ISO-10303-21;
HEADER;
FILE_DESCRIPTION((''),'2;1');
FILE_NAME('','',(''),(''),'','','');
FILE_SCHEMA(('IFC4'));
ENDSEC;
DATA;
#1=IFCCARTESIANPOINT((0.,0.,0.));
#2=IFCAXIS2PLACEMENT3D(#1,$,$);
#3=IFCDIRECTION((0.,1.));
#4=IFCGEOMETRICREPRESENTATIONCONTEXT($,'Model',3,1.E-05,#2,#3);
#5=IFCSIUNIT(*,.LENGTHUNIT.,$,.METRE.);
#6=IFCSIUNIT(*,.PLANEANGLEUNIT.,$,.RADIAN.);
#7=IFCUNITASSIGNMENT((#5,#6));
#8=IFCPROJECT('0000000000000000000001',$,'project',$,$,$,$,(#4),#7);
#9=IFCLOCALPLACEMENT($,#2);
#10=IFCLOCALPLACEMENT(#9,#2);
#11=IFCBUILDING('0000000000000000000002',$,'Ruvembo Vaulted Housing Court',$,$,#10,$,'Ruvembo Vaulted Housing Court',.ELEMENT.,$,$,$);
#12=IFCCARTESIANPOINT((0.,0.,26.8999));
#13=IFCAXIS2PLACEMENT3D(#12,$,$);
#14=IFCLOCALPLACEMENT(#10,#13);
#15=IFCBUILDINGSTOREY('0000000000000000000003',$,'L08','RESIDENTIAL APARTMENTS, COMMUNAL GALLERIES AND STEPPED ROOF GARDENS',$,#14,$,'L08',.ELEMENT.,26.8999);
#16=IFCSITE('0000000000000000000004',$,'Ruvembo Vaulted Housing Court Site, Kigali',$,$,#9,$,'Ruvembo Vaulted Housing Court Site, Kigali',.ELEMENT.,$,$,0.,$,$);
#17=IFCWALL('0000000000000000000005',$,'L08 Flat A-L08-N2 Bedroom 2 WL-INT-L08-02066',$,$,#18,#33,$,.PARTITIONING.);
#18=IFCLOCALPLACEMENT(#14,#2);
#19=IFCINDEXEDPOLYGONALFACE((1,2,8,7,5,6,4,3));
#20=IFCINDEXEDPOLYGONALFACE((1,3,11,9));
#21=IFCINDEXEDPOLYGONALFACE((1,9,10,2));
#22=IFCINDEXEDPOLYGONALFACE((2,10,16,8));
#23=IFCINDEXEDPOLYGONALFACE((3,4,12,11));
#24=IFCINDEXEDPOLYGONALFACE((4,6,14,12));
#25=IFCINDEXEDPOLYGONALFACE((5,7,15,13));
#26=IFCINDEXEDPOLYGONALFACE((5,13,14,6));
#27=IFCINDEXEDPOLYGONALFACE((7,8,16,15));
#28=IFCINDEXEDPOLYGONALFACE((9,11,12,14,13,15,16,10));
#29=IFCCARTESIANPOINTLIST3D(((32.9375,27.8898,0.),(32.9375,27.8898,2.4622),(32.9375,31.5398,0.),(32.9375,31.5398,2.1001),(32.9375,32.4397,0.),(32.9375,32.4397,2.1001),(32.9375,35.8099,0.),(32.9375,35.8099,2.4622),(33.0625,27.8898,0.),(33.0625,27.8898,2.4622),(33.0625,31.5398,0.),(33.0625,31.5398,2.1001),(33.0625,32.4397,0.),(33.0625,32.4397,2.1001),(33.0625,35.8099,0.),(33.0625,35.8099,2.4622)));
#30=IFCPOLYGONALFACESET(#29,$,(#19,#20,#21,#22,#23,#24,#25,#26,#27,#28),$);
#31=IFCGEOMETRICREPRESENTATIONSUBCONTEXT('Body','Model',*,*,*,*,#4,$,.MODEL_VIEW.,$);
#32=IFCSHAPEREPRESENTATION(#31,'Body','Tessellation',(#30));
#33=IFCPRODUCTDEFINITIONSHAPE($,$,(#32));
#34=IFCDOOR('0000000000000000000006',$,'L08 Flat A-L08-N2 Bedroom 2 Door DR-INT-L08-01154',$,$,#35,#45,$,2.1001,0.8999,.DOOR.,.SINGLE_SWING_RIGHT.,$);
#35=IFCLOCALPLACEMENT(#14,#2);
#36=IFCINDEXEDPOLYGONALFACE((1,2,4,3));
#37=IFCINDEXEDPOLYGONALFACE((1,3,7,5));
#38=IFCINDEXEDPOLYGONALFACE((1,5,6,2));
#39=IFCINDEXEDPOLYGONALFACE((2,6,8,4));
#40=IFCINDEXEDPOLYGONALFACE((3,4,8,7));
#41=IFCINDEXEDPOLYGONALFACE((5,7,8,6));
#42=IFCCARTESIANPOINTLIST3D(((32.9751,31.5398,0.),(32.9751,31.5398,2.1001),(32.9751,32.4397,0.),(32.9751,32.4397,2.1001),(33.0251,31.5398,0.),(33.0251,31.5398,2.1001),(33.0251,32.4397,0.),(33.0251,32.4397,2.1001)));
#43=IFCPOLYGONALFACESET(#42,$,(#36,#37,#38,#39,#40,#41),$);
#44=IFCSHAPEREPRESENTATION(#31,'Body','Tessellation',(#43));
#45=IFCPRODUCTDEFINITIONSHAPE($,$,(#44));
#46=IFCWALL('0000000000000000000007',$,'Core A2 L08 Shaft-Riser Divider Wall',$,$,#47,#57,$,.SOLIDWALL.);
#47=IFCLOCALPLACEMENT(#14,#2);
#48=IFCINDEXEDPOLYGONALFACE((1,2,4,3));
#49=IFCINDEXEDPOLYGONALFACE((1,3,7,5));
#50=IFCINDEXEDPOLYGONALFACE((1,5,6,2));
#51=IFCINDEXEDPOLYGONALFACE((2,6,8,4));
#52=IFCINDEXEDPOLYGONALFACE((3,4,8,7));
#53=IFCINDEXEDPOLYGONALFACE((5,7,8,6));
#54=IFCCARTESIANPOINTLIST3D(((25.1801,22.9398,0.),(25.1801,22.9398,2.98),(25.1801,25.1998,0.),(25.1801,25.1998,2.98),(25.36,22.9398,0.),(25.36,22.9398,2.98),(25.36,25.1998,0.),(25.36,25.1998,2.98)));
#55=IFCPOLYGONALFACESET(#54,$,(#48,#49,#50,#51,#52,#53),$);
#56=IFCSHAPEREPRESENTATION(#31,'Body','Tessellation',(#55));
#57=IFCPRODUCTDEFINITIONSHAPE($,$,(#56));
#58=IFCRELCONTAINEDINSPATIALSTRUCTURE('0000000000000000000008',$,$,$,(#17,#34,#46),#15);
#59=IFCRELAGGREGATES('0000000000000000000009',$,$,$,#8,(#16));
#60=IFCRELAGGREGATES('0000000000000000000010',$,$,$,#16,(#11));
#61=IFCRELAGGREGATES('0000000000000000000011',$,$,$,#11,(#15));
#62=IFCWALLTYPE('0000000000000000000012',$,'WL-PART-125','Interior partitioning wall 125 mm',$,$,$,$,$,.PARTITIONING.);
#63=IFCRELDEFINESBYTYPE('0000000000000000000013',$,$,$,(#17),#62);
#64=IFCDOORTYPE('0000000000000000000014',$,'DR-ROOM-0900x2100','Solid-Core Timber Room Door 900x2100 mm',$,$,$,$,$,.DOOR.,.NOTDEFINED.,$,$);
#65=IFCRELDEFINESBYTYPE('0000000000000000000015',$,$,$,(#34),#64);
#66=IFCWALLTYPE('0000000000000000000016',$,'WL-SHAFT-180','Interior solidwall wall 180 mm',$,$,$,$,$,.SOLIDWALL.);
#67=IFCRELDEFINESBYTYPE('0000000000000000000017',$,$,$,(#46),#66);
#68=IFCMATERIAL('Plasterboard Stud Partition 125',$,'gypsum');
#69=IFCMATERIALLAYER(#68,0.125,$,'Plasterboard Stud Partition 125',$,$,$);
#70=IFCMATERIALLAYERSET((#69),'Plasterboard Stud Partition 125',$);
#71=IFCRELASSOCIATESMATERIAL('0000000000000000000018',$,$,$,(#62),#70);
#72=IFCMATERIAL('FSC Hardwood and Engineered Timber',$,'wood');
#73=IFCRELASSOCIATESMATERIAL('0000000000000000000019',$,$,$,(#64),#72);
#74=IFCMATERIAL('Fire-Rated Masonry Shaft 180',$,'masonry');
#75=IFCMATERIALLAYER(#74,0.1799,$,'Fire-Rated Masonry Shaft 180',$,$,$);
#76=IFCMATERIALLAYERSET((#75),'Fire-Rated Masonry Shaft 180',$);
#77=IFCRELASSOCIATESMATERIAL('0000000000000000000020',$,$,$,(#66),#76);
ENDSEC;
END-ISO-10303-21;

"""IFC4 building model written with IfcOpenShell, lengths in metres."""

from ifc_helpers import new_model, si_unit, direction, frame, frame_2d, origin, place, context, subcontext, project, spatial, rectangle, extrude, material, layer, layer_set, type_object, element, fill, save


model = new_model("IFC4")

# Units and contexts
model_context = context("Model", 3, precision=1e-05, world=origin(), true_north=direction((0.0, 1.0)))
body_context = subcontext(model_context, "Body", "Model", "MODEL_VIEW")
ifc_project = project(units=[si_unit("LENGTHUNIT", "METRE"), si_unit("PLANEANGLEUNIT", "RADIAN")], contexts=[model_context])

# Site, building, storey
site_placement = place(None, origin())
site = spatial("IfcSite", under=ifc_project, at=site_placement, Name="Ruvembo Vaulted Housing Court Site, Kigali", LongName="Ruvembo Vaulted Housing Court Site, Kigali", CompositionType="ELEMENT", RefElevation=0.0)
building_placement = place(site_placement, origin())
building = spatial("IfcBuilding", under=site, at=building_placement, Name="Ruvembo Vaulted Housing Court", LongName="Ruvembo Vaulted Housing Court", CompositionType="ELEMENT")
storey_placement = place(building_placement, frame((0.0, 0.0, 26.8999)))
storey = spatial("IfcBuildingStorey", under=building, at=storey_placement, Name="L08", Description="RESIDENTIAL APARTMENTS, COMMUNAL GALLERIES AND STEPPED ROOF GARDENS", LongName="L08", CompositionType="ELEMENT", Elevation=26.8999)

# Wall, opening, door
ifc_material_1 = material(Name="Plasterboard Stud Partition 125", Category="gypsum")
ifc_layer_1 = layer(ifc_material_1, 0.125, Name="Plasterboard Stud Partition 125")
ifc_layer_set_1 = layer_set([ifc_layer_1], Name="Plasterboard Stud Partition 125")
wall_type_1 = type_object("IfcWallType", Name="WL-PART-125", Description="Interior partitioning wall 125 mm", PredefinedType="PARTITIONING", material=ifc_layer_set_1)
wall_1_placement = place(storey_placement, frame((33.0, 27.8899, 0.0), z_axis=(0.0, 0.0, 1.0), x_axis=(0.0, 1.0, 0.0)))
wall_1 = element("IfcWall", 1, at=wall_1_placement, inside=storey, type_object=wall_type_1, Name="L08 Flat A-L08-N2 Bedroom 2 WL-INT-L08-02066", PredefinedType="PARTITIONING", context=body_context, shape_type="SweptSolid", body=[
    extrude(rectangle(XDim=7.9202, YDim=0.125, at=frame_2d((3.96, 0.0))), origin(), (0.0, 0.0, 1.0), 2.4622),
])
opening_1_placement = place(wall_1_placement, frame((3.6499, 0.0, 0.0)))
opening_1 = element("IfcOpeningElement", 2, at=opening_1_placement, cuts=wall_1, PredefinedType="OPENING", context=body_context, shape_type="SweptSolid", body=[
    extrude(rectangle(XDim=0.8999, YDim=2.1001, at=frame_2d((0.45, 1.05))), frame((0.0, 0.0725, 0.0), z_axis=(0.0, -1.0, 0.0), x_axis=(1.0, 0.0, 0.0)), (0.0, 0.0, 1.0), 0.145),
])
ifc_material_2 = material(Name="FSC Hardwood and Engineered Timber", Category="wood")
door_type = type_object("IfcDoorType", Name="DR-ROOM-0900x2100", Description="Solid-Core Timber Room Door 900x2100 mm", OperationType="NOTDEFINED", PredefinedType="DOOR", material=ifc_material_2)
door_placement = place(opening_1_placement, origin())
door = element("IfcDoor", 3, at=door_placement, inside=storey, type_object=door_type, Name="L08 Flat A-L08-N2 Bedroom 2 Door DR-INT-L08-01154", OperationType="SINGLE_SWING_RIGHT", OverallHeight=2.1001, OverallWidth=0.8999, PredefinedType="DOOR", context=body_context, shape_type="SweptSolid", body=[
    extrude(rectangle(XDim=0.8999, YDim=2.1001, at=frame_2d((0.45, 1.05))), frame((0.0, 0.0249, 0.0), z_axis=(0.0, -1.0, 0.0), x_axis=(1.0, 0.0, 0.0)), (0.0, 0.0, 1.0), 0.05),
])
fill(opening_1, door)

# Wall
ifc_material_3 = material(Name="Fire-Rated Masonry Shaft 180", Category="masonry")
ifc_layer_2 = layer(ifc_material_3, 0.1799, Name="Fire-Rated Masonry Shaft 180")
ifc_layer_set_2 = layer_set([ifc_layer_2], Name="Fire-Rated Masonry Shaft 180")
wall_type_2 = type_object("IfcWallType", Name="WL-SHAFT-180", Description="Interior solidwall wall 180 mm", PredefinedType="SOLIDWALL", material=ifc_layer_set_2)
wall_2_placement = place(storey_placement, frame((25.27, 22.9399, 0.0), z_axis=(0.0, 0.0, 1.0), x_axis=(0.0, 1.0, 0.0)))
element("IfcWall", 4, at=wall_2_placement, inside=storey, type_object=wall_type_2, Name="Core A2 L08 Shaft-Riser Divider Wall", PredefinedType="SOLIDWALL", context=body_context, shape_type="SweptSolid", body=[
    extrude(rectangle(XDim=2.26, YDim=0.1799, at=frame_2d((1.1299, 0.0))), origin(), (0.0, 0.0, 1.0), 2.98),
])

save(model, "model.ifc")
